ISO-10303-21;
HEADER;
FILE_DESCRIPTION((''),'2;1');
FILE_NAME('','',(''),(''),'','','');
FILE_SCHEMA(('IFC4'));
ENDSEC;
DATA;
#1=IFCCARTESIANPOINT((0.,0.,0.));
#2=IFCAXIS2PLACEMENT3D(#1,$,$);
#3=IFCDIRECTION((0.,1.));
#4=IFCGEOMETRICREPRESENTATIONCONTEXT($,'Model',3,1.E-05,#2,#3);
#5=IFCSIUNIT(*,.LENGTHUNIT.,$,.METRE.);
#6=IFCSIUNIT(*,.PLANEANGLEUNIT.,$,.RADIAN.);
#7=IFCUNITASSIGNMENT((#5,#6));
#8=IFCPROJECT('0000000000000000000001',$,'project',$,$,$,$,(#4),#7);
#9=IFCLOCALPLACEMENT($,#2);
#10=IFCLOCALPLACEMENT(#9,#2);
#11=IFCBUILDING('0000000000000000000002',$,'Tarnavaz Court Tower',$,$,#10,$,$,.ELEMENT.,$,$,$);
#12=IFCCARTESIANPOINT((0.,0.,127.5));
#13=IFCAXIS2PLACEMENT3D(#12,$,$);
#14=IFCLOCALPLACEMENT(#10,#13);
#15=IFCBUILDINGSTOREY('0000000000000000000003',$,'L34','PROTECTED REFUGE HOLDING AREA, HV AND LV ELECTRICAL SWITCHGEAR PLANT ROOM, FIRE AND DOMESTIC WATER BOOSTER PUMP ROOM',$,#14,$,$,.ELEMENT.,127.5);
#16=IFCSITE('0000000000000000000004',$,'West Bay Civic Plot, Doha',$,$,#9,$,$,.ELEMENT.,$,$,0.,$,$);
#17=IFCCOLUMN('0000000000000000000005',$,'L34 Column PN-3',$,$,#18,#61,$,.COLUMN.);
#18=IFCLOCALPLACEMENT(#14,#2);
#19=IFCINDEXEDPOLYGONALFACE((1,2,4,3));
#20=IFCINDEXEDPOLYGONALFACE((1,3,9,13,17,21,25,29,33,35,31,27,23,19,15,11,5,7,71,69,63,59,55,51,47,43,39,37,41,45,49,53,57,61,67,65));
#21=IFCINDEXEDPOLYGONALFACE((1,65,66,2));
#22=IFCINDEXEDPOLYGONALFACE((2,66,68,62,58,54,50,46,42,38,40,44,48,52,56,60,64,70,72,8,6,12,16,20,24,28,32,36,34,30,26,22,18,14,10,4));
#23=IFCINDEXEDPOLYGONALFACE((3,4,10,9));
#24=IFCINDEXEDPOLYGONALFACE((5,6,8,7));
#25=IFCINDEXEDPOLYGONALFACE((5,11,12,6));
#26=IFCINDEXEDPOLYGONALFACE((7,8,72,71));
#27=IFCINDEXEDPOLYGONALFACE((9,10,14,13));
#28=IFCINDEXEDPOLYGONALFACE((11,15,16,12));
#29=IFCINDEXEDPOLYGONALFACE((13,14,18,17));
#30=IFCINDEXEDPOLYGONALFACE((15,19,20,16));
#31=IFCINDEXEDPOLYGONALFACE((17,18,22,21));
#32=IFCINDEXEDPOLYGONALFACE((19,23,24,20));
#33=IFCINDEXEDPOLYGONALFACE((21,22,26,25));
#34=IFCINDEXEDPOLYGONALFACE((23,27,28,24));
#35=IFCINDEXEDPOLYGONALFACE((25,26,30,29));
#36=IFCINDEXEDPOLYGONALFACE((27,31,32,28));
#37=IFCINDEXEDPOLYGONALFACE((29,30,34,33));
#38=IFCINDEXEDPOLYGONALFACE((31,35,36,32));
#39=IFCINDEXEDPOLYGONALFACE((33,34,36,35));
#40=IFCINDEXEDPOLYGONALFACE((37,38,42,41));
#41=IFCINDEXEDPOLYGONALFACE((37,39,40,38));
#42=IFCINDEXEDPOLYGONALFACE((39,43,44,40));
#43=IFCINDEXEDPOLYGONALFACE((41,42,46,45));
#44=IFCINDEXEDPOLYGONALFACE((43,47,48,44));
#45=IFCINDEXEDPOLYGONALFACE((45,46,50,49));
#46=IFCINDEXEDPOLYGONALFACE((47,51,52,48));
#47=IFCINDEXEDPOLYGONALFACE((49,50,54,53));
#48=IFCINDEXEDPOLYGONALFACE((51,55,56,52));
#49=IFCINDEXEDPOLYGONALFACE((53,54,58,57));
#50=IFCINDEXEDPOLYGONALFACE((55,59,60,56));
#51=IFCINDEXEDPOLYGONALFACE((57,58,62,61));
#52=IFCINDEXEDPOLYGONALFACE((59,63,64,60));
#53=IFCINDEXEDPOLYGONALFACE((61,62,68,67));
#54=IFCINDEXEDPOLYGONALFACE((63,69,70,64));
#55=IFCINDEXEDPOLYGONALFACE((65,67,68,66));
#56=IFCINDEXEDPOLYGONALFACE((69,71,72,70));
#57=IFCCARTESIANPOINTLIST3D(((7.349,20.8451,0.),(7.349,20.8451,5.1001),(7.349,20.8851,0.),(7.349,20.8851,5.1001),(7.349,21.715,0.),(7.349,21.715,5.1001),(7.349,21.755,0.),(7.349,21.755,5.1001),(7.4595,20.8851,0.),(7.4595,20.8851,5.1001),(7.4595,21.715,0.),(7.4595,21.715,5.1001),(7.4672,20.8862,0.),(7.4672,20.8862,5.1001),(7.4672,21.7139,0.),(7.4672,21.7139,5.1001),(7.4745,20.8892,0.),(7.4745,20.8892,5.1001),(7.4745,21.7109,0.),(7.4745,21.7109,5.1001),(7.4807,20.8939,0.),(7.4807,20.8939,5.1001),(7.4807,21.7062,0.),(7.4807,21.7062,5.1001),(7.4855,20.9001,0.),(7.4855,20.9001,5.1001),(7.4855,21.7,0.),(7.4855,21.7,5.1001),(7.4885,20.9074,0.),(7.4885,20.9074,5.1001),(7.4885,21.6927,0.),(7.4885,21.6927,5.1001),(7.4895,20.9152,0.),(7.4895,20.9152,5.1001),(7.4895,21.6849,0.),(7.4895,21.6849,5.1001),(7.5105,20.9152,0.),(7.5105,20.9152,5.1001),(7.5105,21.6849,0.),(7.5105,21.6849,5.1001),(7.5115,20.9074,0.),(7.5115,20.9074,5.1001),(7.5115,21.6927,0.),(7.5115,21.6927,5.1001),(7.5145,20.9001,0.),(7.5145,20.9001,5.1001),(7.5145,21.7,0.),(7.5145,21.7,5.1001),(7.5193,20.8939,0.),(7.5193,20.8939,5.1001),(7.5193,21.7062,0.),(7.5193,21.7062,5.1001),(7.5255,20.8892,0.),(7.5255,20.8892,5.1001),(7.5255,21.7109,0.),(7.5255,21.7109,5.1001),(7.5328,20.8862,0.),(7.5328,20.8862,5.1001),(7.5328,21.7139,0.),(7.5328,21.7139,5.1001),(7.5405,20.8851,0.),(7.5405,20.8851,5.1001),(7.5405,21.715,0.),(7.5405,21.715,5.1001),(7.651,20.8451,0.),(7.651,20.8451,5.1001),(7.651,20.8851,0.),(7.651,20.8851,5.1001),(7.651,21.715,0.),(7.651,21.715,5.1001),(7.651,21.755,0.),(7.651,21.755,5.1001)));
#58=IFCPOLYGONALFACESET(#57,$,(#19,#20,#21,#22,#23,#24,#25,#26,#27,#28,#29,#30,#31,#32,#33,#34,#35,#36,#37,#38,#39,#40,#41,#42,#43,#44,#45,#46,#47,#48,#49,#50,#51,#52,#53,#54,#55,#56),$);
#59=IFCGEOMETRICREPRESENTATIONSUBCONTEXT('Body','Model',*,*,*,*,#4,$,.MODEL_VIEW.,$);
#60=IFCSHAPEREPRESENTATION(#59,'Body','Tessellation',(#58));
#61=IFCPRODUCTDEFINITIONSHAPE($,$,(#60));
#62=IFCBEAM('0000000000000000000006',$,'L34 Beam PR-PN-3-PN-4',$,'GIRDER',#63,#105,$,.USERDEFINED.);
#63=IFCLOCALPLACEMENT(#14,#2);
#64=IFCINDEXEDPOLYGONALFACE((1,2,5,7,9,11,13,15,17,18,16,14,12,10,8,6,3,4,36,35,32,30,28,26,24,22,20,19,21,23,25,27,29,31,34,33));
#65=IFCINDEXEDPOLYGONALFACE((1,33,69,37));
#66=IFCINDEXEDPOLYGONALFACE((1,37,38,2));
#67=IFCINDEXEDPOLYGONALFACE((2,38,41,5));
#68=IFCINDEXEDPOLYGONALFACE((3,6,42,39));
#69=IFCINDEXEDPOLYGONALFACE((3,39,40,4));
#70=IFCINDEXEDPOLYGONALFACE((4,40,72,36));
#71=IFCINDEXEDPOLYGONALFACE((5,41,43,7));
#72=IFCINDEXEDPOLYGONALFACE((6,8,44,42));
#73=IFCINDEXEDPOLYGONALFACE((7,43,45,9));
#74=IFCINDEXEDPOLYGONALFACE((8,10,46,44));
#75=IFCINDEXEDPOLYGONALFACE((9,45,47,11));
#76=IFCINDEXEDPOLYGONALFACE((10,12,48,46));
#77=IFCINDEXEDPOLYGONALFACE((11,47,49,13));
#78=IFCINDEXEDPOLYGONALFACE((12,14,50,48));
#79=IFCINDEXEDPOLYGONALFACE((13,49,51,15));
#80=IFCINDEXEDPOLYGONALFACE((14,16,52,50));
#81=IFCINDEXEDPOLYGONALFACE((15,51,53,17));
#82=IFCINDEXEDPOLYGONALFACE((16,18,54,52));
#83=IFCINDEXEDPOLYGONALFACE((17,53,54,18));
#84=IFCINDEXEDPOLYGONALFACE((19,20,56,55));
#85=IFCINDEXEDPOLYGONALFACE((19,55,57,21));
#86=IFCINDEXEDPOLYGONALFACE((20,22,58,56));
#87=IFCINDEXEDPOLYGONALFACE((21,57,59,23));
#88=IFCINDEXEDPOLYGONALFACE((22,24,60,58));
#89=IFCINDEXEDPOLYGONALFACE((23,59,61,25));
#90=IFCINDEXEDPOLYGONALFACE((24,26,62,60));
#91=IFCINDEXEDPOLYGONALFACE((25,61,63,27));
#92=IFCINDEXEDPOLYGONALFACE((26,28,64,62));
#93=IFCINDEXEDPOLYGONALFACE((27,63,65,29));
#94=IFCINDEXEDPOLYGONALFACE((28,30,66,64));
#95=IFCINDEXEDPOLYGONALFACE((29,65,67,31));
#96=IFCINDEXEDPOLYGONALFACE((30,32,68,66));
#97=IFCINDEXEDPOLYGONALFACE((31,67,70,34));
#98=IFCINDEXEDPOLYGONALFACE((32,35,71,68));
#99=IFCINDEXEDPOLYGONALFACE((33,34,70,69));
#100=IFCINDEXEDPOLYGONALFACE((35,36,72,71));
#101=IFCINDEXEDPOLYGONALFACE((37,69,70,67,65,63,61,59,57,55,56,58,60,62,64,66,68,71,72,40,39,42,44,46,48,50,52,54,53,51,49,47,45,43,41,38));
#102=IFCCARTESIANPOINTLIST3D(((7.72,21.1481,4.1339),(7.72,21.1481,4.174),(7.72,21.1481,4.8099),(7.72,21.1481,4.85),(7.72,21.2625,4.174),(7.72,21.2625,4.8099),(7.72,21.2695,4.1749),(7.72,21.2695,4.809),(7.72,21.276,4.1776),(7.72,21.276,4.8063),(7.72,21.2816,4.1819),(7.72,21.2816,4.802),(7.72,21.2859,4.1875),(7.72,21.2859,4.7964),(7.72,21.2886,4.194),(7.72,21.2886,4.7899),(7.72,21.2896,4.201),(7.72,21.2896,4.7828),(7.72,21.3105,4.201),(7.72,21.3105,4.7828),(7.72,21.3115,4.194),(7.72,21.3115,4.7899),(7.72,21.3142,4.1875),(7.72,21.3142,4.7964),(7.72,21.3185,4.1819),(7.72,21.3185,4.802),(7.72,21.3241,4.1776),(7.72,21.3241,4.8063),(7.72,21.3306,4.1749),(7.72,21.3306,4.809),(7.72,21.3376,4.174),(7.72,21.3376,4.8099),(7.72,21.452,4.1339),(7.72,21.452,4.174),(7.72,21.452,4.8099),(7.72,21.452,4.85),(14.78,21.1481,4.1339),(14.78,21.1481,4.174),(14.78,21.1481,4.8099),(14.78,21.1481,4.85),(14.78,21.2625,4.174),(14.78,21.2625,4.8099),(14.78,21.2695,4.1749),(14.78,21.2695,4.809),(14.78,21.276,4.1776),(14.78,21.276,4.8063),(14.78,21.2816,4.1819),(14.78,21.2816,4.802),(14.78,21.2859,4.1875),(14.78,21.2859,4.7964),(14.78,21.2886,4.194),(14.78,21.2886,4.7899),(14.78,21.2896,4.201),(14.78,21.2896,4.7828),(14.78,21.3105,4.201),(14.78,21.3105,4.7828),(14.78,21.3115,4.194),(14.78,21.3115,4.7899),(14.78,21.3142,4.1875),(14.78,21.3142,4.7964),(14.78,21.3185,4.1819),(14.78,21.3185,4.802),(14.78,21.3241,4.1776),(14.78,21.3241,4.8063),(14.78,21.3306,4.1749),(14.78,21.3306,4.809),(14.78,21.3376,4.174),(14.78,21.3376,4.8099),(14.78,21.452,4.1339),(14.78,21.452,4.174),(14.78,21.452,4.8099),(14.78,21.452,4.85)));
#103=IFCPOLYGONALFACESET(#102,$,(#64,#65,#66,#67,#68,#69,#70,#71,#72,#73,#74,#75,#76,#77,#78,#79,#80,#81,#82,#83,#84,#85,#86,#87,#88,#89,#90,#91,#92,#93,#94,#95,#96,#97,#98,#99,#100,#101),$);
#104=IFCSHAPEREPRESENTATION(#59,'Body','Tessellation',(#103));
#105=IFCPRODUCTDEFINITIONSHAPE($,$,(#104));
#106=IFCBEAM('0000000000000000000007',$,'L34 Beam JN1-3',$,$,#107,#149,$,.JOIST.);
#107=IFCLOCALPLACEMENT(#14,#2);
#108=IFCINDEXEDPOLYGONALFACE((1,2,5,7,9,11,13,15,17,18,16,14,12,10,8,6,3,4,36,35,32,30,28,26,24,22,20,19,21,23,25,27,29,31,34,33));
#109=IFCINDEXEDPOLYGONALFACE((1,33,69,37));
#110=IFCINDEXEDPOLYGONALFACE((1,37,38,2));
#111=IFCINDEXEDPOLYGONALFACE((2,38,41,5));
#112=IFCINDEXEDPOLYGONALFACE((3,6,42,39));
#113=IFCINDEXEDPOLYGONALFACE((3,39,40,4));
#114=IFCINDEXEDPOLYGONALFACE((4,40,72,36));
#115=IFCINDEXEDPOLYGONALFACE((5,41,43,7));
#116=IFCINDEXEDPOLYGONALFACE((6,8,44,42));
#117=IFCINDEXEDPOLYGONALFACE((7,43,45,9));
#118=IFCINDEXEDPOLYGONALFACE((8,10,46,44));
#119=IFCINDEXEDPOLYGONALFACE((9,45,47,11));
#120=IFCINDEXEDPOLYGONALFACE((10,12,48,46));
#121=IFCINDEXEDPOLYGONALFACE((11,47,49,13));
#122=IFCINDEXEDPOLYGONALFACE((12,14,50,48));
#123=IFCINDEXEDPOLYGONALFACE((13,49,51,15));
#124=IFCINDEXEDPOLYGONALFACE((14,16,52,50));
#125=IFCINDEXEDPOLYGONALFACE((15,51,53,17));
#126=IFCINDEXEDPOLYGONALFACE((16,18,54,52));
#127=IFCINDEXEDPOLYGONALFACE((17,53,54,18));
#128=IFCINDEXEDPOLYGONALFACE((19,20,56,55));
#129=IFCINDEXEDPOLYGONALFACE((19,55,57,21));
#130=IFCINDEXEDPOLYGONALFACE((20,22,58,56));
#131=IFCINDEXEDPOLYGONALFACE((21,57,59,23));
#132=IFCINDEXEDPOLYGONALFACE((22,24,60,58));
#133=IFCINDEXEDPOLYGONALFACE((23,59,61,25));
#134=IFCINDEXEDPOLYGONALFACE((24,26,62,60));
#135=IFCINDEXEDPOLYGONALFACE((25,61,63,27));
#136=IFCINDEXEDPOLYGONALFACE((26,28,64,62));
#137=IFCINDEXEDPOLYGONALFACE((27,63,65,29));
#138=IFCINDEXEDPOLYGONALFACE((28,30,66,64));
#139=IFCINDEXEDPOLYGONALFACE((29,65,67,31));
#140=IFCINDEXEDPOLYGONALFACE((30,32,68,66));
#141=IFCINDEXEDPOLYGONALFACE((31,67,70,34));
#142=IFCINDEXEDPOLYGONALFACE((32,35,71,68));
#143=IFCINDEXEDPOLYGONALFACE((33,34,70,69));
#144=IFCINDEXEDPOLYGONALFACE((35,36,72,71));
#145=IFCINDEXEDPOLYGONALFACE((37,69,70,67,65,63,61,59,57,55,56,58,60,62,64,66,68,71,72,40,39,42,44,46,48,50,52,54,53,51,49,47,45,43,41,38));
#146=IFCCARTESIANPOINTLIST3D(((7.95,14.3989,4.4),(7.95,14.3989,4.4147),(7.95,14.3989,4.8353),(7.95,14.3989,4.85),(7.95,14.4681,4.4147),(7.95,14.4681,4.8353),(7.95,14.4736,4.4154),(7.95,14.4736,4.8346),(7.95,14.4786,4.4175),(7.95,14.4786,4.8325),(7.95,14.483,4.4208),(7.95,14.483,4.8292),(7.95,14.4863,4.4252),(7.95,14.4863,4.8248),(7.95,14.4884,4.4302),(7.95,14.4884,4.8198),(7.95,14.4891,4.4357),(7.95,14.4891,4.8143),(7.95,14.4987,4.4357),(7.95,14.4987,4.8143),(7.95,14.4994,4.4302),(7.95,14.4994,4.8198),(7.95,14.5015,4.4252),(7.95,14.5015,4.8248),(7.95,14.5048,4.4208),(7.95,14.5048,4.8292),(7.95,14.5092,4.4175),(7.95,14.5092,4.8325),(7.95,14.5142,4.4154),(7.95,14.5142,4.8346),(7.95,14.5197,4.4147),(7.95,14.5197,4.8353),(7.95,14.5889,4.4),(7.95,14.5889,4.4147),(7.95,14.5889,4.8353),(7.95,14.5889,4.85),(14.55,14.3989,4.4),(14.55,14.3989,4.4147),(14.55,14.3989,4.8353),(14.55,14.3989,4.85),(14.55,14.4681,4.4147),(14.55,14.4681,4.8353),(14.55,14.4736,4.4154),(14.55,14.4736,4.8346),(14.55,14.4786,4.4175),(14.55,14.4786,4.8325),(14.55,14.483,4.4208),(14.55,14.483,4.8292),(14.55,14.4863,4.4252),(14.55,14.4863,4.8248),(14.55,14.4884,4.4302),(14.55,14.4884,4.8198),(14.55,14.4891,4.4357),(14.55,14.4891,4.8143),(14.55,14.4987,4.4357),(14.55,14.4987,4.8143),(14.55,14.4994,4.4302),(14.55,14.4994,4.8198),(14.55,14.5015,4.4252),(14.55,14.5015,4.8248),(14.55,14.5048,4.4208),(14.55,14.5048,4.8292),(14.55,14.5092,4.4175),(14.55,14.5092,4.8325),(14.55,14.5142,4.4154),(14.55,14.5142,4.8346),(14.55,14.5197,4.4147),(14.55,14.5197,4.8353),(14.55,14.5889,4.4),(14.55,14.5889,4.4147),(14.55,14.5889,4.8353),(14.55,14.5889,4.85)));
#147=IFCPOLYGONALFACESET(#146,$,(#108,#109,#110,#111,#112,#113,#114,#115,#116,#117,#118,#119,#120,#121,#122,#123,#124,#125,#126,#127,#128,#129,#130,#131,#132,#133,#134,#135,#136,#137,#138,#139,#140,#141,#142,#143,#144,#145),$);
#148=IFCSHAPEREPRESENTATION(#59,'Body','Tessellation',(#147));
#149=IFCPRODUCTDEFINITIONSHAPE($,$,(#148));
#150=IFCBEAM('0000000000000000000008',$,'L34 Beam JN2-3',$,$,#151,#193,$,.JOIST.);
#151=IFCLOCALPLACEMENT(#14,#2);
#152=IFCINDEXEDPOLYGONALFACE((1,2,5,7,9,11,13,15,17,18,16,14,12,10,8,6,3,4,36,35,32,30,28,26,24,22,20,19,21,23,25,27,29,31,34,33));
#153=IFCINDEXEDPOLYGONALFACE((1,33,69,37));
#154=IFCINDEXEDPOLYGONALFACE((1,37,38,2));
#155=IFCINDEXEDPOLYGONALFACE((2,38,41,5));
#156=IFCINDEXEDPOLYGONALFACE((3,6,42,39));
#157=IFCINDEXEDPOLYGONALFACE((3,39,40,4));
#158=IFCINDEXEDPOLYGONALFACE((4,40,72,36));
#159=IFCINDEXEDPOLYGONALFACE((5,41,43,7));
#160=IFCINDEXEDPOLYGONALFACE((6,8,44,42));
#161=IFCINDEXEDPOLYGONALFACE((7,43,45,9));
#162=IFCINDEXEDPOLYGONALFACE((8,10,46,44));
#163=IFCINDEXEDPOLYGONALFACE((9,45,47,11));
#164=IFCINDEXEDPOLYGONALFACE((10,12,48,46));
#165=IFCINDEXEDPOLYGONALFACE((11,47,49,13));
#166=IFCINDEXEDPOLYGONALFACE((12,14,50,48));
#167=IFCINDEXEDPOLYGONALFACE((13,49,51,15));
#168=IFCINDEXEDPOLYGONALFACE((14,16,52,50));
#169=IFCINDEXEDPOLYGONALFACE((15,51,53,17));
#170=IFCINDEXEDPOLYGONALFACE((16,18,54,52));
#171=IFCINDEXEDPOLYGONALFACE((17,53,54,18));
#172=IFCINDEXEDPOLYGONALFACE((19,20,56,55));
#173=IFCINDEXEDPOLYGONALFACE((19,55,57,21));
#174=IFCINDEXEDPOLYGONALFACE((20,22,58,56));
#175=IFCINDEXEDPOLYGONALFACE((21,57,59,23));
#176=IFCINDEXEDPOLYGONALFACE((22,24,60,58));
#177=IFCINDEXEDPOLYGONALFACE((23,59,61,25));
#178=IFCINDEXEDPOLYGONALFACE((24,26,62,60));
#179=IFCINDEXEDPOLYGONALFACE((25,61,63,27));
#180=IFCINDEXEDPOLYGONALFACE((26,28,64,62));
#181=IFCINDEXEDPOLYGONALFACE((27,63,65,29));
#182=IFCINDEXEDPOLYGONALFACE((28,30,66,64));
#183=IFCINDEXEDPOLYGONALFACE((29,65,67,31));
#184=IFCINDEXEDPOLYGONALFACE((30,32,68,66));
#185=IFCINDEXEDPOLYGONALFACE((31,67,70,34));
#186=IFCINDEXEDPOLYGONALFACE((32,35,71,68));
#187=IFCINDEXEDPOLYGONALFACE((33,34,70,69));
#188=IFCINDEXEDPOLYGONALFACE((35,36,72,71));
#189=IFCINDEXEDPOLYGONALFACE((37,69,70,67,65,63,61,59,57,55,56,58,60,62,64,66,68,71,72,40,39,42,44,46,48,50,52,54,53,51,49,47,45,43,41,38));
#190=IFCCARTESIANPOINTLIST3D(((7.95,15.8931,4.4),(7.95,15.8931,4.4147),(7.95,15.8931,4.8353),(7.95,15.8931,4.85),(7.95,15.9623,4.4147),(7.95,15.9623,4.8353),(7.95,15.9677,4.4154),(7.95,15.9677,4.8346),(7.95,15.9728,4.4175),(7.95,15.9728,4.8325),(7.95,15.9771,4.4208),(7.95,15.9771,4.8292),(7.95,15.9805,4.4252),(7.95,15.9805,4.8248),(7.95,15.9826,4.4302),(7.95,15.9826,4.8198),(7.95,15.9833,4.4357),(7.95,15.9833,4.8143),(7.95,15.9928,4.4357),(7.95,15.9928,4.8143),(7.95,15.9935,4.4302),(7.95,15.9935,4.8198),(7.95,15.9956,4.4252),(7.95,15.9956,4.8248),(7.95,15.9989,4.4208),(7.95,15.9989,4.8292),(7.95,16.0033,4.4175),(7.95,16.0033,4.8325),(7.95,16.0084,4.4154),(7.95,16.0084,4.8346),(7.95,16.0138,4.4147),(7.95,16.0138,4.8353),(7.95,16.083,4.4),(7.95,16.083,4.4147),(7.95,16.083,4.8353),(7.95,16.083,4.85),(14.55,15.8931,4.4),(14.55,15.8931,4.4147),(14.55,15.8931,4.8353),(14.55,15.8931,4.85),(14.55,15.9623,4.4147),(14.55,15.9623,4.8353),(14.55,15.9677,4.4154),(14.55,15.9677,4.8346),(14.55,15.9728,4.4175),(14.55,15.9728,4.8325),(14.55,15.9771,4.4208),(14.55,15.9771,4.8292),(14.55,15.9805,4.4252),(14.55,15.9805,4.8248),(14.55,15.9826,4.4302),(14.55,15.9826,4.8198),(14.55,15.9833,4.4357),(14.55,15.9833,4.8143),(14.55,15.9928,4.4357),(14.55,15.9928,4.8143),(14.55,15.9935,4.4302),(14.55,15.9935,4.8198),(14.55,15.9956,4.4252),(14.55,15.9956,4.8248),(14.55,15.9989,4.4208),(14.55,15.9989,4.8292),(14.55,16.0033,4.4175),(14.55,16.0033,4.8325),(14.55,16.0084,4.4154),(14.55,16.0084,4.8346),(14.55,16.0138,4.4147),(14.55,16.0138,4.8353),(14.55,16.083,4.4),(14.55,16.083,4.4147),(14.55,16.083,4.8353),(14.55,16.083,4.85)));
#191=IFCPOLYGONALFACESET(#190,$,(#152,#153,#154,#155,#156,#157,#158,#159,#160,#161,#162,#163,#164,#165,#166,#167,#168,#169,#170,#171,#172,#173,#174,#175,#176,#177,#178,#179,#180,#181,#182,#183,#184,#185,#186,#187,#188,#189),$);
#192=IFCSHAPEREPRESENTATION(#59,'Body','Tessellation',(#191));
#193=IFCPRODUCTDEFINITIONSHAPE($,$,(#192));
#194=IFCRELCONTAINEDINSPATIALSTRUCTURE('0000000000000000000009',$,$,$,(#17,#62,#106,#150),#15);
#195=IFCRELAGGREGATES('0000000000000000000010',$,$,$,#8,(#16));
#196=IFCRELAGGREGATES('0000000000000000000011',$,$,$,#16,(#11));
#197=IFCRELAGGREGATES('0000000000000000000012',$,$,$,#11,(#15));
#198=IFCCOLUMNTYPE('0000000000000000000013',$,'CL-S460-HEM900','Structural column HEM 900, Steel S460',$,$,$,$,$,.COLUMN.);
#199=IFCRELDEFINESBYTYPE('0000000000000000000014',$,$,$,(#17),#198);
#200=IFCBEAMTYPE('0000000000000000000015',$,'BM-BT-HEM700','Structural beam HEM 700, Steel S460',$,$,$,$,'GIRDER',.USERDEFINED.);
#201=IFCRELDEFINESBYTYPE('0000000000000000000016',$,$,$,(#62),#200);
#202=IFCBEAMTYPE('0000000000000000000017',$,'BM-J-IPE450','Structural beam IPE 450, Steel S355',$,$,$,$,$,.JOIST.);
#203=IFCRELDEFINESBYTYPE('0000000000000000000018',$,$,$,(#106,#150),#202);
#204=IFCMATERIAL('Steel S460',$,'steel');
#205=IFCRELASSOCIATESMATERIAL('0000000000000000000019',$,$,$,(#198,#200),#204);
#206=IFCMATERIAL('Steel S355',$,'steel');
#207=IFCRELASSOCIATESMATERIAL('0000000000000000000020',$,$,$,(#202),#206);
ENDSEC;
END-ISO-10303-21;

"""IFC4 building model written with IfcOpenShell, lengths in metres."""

from ifc_helpers import new_model, si_unit, direction, frame, origin, origin_2d, place, context, subcontext, project, spatial, i_section, extrude, material, material_profile, profile_set, type_object, element, save


model = new_model("IFC4")

# Units and contexts
model_context = context("Model", 3, precision=1e-05, world=origin(), true_north=direction((0.0, 1.0)))
body_context = subcontext(model_context, "Body", "Model", "MODEL_VIEW")
ifc_project = project(units=[si_unit("LENGTHUNIT", "METRE"), si_unit("PLANEANGLEUNIT", "RADIAN")], contexts=[model_context])

# Site, building, storey
site_placement = place(None, origin())
site = spatial("IfcSite", under=ifc_project, at=site_placement, Name="West Bay Civic Plot, Doha", CompositionType="ELEMENT", RefElevation=0.0)
building_placement = place(site_placement, origin())
building = spatial("IfcBuilding", under=site, at=building_placement, Name="Tarnavaz Court Tower", CompositionType="ELEMENT")
storey_placement = place(building_placement, frame((0.0, 0.0, 127.5)))
storey = spatial("IfcBuildingStorey", under=building, at=storey_placement, Name="L34", Description="PROTECTED REFUGE HOLDING AREA, HV AND LV ELECTRICAL SWITCHGEAR PLANT ROOM, FIRE AND DOMESTIC WATER BOOSTER PUMP ROOM", CompositionType="ELEMENT", Elevation=127.5)

# Column
ifc_material_1 = material(Name="Steel S460", Category="steel")
ifc_material_profile_1 = material_profile(ifc_material_1, i_section(OverallWidth=0.302, OverallDepth=0.9099, WebThickness=0.021, FlangeThickness=0.04, FilletRadius=0.03, at=origin_2d()), Name="HEM 900")
ifc_profile_set_1 = profile_set([ifc_material_profile_1], Name="Steel S460")
column_type = type_object("IfcColumnType", Name="CL-S460-HEM900", Description="Structural column HEM 900, Steel S460", PredefinedType="COLUMN", material=ifc_profile_set_1)
column_placement = place(storey_placement, frame((7.5, 21.3, 0.0), z_axis=(0.0, 0.0, 1.0), x_axis=(1.0, 0.0, 0.0)))
element("IfcColumn", 1, at=column_placement, inside=storey, type_object=column_type, Name="L34 Column PN-3", PredefinedType="COLUMN", context=body_context, shape_type="SweptSolid", body=[
    extrude(i_section(OverallWidth=0.302, OverallDepth=0.9099, WebThickness=0.021, FlangeThickness=0.04, FilletRadius=0.03, at=origin_2d()), origin(), (0.0, 0.0, 1.0), 5.1001),
])

# Beams
ifc_material_profile_2 = material_profile(ifc_material_1, i_section(OverallWidth=0.304, OverallDepth=0.7161, WebThickness=0.021, FlangeThickness=0.04, FilletRadius=0.0271, at=origin_2d()), Name="HEM 700")
ifc_profile_set_2 = profile_set([ifc_material_profile_2], Name="Steel S460")
beam_type_1 = type_object("IfcBeamType", Name="BM-BT-HEM700", Description="Structural beam HEM 700, Steel S460", ElementType="GIRDER", PredefinedType="USERDEFINED", material=ifc_profile_set_2)
beam_placement = place(storey_placement, frame((7.72, 21.3, 4.4919), z_axis=(1.0, 0.0, 0.0), x_axis=(0.0, 1.0, 0.0)))
element("IfcBeam", 2, at=beam_placement, inside=storey, type_object=beam_type_1, Name="L34 Beam PR-PN-3-PN-4", ObjectType="GIRDER", PredefinedType="USERDEFINED", context=body_context, shape_type="SweptSolid", body=[
    extrude(i_section(OverallWidth=0.304, OverallDepth=0.7161, WebThickness=0.021, FlangeThickness=0.04, FilletRadius=0.0271, at=origin_2d()), origin(), (0.0, 0.0, 1.0), 7.0601),
])
ifc_material_2 = material(Name="Steel S355", Category="steel")
ifc_material_profile_3 = material_profile(ifc_material_2, i_section(OverallWidth=0.1899, OverallDepth=0.45, WebThickness=0.0095, FlangeThickness=0.0146, FilletRadius=0.021, at=origin_2d()), Name="IPE 450")
ifc_profile_set_3 = profile_set([ifc_material_profile_3], Name="Steel S355")
beam_type_2 = type_object("IfcBeamType", Name="BM-J-IPE450", Description="Structural beam IPE 450, Steel S355", PredefinedType="JOIST", material=ifc_profile_set_3)
for number, where, z_axis, x_axis, name in (
    (3, (7.95, 14.4939, 4.625), (1.0, 0.0, 0.0), (0.0, 1.0, 0.0), "L34 Beam JN1-3"),
    (4, (7.95, 15.988, 4.625), (1.0, 0.0, 0.0), (0.0, 1.0, 0.0), "L34 Beam JN2-3"),
):
    element("IfcBeam", number, at=place(storey_placement, frame(where, z_axis=z_axis, x_axis=x_axis)), inside=storey, type_object=beam_type_2, Name=name, PredefinedType="JOIST", context=body_context, shape_type="SweptSolid", body=[
        extrude(i_section(OverallWidth=0.1899, OverallDepth=0.45, WebThickness=0.0095, FlangeThickness=0.0146, FilletRadius=0.021, at=origin_2d()), origin(), (0.0, 0.0, 1.0), 6.6001),
    ])

save(model, "model.ifc")
